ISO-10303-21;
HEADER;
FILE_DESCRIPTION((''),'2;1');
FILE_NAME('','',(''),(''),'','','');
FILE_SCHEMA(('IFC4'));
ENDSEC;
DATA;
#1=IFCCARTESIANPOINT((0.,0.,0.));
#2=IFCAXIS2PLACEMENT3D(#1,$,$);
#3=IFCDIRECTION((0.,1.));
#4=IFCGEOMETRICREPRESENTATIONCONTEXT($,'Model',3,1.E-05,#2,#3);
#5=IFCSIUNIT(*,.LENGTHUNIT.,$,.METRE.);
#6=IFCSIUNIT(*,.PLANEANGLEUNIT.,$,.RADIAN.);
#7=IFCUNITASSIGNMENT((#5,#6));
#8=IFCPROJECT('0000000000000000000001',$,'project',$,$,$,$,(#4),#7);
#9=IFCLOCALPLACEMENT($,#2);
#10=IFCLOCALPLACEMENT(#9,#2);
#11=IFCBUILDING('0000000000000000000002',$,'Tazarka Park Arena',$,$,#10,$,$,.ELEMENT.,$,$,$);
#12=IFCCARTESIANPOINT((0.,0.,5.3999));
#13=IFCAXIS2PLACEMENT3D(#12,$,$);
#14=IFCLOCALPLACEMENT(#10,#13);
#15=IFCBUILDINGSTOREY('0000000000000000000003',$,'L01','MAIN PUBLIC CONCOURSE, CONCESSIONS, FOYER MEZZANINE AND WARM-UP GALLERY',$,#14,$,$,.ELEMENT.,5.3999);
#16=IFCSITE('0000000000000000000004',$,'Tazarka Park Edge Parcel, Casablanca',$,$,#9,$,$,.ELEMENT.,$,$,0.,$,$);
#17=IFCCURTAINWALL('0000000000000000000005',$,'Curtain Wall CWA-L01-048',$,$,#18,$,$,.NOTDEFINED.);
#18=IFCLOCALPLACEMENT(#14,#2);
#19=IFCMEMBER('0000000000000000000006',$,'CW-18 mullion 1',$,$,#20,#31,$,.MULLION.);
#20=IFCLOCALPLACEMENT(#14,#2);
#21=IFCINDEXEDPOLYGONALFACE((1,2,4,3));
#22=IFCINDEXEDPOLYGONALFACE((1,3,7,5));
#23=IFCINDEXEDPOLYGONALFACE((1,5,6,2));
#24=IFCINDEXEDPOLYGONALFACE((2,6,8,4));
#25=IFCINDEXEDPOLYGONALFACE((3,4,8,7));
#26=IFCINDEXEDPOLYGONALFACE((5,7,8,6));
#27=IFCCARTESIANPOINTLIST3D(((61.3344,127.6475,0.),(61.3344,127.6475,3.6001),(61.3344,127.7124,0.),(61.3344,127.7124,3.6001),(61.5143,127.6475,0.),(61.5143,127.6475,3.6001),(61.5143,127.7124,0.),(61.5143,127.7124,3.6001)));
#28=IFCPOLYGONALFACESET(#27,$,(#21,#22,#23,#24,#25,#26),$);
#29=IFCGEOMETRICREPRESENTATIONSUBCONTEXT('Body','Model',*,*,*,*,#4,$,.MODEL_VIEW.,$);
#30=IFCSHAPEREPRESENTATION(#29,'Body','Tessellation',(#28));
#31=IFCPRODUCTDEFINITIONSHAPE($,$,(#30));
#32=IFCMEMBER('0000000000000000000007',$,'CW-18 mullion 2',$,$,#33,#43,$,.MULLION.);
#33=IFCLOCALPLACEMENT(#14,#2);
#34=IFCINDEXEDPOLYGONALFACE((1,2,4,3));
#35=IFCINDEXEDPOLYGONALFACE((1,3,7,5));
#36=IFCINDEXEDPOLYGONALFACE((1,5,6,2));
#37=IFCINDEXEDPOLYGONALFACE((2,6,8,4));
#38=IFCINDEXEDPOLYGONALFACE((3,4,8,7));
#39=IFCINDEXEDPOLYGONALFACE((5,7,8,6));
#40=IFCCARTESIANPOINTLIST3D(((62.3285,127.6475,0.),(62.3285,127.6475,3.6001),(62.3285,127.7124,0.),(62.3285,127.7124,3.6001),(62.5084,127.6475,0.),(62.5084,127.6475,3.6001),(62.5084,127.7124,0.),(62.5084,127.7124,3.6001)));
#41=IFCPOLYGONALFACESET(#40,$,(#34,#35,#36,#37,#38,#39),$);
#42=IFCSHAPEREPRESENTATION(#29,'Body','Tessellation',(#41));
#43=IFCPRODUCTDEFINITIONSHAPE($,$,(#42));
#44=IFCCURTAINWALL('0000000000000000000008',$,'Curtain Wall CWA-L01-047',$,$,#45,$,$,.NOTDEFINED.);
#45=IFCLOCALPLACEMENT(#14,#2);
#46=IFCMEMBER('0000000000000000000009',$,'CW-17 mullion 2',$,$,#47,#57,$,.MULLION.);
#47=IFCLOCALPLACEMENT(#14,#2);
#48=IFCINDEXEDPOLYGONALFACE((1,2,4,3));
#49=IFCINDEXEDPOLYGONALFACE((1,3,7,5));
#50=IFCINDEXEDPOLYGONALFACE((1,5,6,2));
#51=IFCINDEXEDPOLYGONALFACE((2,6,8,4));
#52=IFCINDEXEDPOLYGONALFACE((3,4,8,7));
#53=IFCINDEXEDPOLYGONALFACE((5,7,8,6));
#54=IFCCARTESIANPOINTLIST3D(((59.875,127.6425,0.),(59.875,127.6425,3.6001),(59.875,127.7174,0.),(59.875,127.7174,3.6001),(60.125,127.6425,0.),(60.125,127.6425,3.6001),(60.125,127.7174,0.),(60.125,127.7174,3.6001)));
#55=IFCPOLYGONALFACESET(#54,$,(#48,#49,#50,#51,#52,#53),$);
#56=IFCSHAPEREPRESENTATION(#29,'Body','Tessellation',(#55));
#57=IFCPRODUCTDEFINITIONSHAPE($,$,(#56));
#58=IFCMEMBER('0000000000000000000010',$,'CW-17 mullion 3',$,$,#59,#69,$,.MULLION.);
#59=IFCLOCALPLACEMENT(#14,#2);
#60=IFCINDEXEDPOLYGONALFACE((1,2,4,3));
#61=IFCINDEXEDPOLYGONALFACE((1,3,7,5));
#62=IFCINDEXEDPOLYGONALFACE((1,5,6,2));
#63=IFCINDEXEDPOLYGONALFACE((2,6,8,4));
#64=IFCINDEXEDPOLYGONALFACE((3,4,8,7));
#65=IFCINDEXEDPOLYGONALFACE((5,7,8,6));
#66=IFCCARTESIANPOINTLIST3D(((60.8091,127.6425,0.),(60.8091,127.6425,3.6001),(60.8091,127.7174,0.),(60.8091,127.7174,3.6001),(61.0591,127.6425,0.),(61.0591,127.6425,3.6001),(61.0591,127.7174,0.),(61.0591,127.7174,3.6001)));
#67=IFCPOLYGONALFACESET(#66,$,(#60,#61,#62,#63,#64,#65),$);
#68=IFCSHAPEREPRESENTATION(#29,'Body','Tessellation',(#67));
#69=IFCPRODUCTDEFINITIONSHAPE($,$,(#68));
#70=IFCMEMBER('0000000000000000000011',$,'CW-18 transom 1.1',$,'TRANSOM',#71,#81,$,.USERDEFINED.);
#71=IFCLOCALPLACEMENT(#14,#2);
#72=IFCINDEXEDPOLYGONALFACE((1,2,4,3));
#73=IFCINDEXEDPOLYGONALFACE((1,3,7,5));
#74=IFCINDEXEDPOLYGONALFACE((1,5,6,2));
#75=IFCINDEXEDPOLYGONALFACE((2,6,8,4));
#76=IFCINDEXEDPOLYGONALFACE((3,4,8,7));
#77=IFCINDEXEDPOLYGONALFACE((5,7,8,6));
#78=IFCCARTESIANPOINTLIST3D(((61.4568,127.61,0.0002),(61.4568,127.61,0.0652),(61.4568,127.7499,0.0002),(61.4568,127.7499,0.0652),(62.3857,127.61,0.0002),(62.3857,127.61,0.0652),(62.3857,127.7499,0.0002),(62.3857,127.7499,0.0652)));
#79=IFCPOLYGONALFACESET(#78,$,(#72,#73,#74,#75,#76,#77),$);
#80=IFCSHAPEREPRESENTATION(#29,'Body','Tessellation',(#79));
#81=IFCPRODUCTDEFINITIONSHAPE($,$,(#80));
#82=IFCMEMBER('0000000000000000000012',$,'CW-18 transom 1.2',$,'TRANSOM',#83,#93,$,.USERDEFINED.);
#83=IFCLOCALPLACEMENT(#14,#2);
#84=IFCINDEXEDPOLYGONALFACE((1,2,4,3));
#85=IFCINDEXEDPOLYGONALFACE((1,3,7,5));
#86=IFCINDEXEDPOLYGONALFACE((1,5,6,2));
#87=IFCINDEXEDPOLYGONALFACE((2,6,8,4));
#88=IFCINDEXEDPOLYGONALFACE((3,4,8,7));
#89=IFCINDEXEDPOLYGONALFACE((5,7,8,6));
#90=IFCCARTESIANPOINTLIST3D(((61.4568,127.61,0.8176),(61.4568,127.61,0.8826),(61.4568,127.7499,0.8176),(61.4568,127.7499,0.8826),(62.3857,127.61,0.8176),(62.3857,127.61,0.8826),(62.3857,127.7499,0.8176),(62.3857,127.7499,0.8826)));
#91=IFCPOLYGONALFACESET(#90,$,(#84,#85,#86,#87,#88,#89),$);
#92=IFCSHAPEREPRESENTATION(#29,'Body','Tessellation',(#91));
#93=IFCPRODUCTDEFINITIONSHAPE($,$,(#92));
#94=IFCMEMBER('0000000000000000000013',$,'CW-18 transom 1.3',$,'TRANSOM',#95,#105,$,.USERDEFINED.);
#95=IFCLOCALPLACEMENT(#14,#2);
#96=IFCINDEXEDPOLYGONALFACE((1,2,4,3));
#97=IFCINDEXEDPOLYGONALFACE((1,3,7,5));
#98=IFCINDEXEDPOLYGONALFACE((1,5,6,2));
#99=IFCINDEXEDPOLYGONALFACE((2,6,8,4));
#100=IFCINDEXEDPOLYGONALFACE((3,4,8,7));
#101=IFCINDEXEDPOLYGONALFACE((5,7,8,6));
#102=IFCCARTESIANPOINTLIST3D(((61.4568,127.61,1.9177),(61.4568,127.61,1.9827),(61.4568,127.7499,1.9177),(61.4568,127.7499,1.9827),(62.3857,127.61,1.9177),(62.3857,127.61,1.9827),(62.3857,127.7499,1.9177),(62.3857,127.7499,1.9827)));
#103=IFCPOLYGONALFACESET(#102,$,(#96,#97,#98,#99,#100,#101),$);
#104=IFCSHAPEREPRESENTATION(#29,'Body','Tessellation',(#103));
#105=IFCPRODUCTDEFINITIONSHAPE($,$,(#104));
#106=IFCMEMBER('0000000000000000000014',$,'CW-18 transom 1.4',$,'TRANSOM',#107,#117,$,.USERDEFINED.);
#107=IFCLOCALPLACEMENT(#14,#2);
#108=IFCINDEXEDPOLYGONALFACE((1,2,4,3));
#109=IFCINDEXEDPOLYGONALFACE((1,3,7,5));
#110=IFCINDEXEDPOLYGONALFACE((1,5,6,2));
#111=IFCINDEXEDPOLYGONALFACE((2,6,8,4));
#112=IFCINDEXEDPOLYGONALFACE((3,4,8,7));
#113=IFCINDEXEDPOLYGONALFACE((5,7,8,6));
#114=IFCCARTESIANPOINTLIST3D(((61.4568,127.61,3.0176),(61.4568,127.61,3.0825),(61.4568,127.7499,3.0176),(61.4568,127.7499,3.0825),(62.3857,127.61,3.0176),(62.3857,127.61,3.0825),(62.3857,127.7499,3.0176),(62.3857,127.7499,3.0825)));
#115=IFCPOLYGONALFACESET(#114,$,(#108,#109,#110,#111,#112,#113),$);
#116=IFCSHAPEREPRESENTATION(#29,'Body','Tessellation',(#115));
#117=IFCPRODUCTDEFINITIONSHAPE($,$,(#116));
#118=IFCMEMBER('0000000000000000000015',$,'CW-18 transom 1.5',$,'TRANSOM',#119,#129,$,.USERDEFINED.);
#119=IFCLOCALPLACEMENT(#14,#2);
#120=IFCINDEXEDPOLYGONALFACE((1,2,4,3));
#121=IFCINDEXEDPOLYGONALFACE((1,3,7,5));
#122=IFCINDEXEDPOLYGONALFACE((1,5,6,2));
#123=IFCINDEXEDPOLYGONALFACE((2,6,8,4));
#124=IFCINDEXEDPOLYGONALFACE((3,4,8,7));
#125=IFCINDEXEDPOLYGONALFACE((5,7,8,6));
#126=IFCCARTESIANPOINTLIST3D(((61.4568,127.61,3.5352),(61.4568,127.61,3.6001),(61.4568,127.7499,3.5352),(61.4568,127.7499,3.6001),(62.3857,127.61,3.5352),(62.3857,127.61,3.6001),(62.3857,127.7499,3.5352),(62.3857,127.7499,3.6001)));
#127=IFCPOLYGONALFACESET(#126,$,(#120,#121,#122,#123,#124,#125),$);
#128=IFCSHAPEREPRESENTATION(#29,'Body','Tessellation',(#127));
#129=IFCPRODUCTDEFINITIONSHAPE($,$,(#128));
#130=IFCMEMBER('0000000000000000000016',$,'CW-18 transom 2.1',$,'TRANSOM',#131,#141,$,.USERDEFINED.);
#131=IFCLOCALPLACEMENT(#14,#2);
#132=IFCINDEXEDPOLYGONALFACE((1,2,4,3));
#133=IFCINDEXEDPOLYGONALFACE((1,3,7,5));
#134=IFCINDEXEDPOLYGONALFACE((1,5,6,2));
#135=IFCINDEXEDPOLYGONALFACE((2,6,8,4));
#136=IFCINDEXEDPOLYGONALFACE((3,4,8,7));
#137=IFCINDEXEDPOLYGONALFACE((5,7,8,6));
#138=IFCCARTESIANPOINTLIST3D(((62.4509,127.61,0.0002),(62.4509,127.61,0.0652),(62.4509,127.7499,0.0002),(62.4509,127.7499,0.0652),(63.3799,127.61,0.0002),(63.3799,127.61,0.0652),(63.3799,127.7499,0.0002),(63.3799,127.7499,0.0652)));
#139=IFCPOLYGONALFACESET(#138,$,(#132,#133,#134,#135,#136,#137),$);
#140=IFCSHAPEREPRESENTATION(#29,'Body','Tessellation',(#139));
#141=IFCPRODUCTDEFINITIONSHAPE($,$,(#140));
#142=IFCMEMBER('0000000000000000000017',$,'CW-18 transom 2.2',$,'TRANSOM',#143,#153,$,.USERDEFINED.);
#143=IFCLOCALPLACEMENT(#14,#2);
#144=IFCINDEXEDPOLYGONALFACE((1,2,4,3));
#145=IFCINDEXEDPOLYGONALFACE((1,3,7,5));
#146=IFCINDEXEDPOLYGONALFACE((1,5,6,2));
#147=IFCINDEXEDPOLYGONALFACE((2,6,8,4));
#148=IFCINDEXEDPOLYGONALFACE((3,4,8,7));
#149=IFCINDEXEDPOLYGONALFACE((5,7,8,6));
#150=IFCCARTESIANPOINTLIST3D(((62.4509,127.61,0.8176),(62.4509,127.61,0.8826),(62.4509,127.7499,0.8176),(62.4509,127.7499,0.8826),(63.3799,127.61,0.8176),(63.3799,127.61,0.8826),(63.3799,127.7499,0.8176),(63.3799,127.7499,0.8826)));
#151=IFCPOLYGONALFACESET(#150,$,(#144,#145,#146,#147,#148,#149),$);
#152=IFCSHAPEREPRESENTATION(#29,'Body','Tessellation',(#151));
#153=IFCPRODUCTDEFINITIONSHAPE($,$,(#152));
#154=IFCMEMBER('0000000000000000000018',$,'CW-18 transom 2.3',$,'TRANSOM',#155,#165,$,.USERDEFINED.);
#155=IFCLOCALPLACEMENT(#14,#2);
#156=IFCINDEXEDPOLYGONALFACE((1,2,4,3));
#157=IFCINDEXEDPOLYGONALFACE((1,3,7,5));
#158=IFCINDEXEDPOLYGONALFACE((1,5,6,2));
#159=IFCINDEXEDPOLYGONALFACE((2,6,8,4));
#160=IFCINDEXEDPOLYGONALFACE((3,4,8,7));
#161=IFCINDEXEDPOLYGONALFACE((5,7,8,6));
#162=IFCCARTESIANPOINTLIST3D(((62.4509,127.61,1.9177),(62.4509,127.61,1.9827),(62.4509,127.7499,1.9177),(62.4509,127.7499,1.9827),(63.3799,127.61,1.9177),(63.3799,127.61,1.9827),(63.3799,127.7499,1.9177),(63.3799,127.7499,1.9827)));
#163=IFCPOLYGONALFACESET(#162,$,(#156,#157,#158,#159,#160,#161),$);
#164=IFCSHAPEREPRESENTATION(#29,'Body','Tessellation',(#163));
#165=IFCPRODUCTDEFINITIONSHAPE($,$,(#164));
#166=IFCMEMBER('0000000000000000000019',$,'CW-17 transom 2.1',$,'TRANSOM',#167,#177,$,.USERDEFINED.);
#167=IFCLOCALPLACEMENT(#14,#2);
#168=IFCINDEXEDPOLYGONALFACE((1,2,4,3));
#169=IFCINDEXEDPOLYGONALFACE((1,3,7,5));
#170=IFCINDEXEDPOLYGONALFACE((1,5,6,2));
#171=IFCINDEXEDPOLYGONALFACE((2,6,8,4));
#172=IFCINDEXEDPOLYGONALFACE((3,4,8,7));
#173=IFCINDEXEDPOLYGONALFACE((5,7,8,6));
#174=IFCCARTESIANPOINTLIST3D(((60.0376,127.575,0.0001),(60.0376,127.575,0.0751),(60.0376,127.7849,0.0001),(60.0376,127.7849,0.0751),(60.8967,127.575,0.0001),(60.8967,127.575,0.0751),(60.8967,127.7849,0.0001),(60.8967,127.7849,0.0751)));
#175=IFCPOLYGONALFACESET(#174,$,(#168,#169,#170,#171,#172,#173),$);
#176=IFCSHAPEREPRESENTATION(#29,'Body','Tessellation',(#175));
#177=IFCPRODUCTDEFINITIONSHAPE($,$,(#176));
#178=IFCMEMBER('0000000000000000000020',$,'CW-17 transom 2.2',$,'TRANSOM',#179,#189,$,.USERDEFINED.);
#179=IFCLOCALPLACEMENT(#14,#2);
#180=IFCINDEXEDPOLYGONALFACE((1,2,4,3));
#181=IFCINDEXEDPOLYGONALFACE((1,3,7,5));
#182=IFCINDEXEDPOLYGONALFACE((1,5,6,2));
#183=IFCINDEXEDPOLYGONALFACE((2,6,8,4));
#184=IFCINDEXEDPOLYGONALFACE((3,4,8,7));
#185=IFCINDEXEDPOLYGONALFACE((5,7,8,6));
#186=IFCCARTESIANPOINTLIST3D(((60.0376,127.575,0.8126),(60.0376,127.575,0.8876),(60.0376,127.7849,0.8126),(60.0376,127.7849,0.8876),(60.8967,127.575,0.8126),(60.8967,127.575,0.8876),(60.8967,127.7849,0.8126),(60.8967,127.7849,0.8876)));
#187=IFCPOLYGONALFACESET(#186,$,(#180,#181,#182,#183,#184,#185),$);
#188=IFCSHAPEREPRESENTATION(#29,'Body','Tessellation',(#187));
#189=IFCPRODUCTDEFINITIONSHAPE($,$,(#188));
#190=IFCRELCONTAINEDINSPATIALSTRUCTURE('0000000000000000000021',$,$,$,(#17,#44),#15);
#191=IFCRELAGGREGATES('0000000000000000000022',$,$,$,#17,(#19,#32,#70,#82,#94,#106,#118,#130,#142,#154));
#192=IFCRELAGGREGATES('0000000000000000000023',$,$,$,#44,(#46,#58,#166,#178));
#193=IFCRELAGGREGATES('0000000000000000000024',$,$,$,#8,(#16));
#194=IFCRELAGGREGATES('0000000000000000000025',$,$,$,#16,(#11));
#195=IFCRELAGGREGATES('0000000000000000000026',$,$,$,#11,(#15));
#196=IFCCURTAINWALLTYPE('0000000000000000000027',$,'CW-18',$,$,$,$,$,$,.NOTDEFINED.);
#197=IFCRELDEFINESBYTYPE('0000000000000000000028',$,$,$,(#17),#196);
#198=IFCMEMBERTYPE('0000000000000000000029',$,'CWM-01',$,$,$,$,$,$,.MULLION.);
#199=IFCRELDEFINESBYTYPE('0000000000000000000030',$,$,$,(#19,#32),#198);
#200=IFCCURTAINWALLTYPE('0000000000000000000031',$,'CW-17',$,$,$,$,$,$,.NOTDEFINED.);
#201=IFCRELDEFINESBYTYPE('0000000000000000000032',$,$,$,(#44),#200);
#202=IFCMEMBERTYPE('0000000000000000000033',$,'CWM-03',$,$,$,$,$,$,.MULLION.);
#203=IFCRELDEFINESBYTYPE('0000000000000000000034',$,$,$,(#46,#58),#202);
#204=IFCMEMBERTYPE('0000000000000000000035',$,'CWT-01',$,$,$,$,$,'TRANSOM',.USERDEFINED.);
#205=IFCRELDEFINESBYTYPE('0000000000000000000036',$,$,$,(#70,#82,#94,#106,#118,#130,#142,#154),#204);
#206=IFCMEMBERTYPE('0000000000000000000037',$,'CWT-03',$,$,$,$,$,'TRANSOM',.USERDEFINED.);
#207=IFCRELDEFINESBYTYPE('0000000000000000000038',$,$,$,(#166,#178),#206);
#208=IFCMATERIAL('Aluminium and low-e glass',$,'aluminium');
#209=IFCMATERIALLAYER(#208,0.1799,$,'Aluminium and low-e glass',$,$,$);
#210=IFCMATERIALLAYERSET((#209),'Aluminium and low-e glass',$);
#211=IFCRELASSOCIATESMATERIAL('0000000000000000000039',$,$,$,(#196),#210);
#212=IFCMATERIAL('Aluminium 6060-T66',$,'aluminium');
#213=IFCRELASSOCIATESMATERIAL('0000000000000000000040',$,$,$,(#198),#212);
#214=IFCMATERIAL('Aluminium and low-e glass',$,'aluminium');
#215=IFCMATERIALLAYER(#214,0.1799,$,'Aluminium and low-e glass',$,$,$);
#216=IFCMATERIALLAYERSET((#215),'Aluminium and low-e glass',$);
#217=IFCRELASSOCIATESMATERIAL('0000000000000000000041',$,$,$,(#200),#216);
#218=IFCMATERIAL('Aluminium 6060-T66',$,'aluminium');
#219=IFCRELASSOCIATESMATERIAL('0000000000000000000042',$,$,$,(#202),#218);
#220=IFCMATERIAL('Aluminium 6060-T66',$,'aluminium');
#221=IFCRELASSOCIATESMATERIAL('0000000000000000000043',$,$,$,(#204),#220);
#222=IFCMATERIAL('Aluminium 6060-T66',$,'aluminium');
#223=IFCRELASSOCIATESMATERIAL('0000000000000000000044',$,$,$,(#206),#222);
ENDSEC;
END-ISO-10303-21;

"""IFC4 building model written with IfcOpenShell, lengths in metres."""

from ifc_helpers import new_model, si_unit, direction, frame, origin, origin_2d, place, context, subcontext, project, spatial, rectangle, extrude, material, layer, layer_set, material_profile, profile_set, type_object, element, aggregate, save


model = new_model("IFC4")

# Units and contexts
model_context = context("Model", 3, precision=1e-05, world=origin(), true_north=direction((0.0, 1.0)))
body_context = subcontext(model_context, "Body", "Model", "MODEL_VIEW")
ifc_project = project(units=[si_unit("LENGTHUNIT", "METRE"), si_unit("PLANEANGLEUNIT", "RADIAN")], contexts=[model_context])

# Site, building, storey
site_placement = place(None, origin())
site = spatial("IfcSite", under=ifc_project, at=site_placement, Name="Tazarka Park Edge Parcel, Casablanca", CompositionType="ELEMENT", RefElevation=0.0)
building_placement = place(site_placement, origin())
building = spatial("IfcBuilding", under=site, at=building_placement, Name="Tazarka Park Arena", CompositionType="ELEMENT")
storey_placement = place(building_placement, frame((0.0, 0.0, 5.3999)))
storey = spatial("IfcBuildingStorey", under=building, at=storey_placement, Name="L01", Description="MAIN PUBLIC CONCOURSE, CONCESSIONS, FOYER MEZZANINE AND WARM-UP GALLERY", CompositionType="ELEMENT", Elevation=5.3999)

# Curtain walls, members
ifc_material_1 = material(Name="Aluminium and low-e glass", Category="aluminium")
ifc_layer_1 = layer(ifc_material_1, 0.1799, Name="Aluminium and low-e glass")
ifc_layer_set_1 = layer_set([ifc_layer_1], Name="Aluminium and low-e glass")
curtain_wall_type_1 = type_object("IfcCurtainWallType", Name="CW-18", PredefinedType="NOTDEFINED", material=ifc_layer_set_1)
curtain_wall_1_placement = place(storey_placement, origin())
curtain_wall_1 = element("IfcCurtainWall", 1, at=curtain_wall_1_placement, inside=storey, type_object=curtain_wall_type_1, Name="Curtain Wall CWA-L01-048", PredefinedType="NOTDEFINED")
ifc_material_2 = material(Name="Aluminium 6060-T66", Category="aluminium")
ifc_material_profile_1 = material_profile(ifc_material_2, rectangle(XDim=0.0649, YDim=0.1799, at=origin_2d()), Name="Aluminium 6060-T66")
ifc_profile_set_1 = profile_set([ifc_material_profile_1], Name="Aluminium 6060-T66")
member_type_1 = type_object("IfcMemberType", Name="CWM-01", PredefinedType="MULLION", material=ifc_profile_set_1)
member_1_placement = place(storey_placement, frame((61.4243, 127.6799, 0.0), z_axis=(0.0, 0.0, 1.0), x_axis=(0.0, 1.0, 0.0)))
member_1 = element("IfcMember", 2, at=member_1_placement, type_object=member_type_1, Name="CW-18 mullion 1", PredefinedType="MULLION", context=body_context, shape_type="SweptSolid", body=[
    extrude(rectangle(XDim=0.0649, YDim=0.1799, at=origin_2d()), origin(), (0.0, 0.0, 1.0), 3.6001),
])
member_2_placement = place(storey_placement, frame((62.4185, 127.6799, 0.0), z_axis=(0.0, 0.0, 1.0), x_axis=(0.0, 1.0, 0.0)))
member_2 = element("IfcMember", 3, at=member_2_placement, type_object=member_type_1, Name="CW-18 mullion 2", PredefinedType="MULLION", context=body_context, shape_type="SweptSolid", body=[
    extrude(rectangle(XDim=0.0649, YDim=0.1799, at=origin_2d()), origin(), (0.0, 0.0, 1.0), 3.6001),
])
ifc_material_3 = material(Name="Aluminium and low-e glass", Category="aluminium")
ifc_layer_2 = layer(ifc_material_3, 0.1799, Name="Aluminium and low-e glass")
ifc_layer_set_2 = layer_set([ifc_layer_2], Name="Aluminium and low-e glass")
curtain_wall_type_2 = type_object("IfcCurtainWallType", Name="CW-17", PredefinedType="NOTDEFINED", material=ifc_layer_set_2)
curtain_wall_2_placement = place(storey_placement, origin())
curtain_wall_2 = element("IfcCurtainWall", 4, at=curtain_wall_2_placement, inside=storey, type_object=curtain_wall_type_2, Name="Curtain Wall CWA-L01-047", PredefinedType="NOTDEFINED")
ifc_material_4 = material(Name="Aluminium 6060-T66", Category="aluminium")
ifc_material_profile_2 = material_profile(ifc_material_4, rectangle(XDim=0.075, YDim=0.25, at=origin_2d()), Name="Aluminium 6060-T66")
ifc_profile_set_2 = profile_set([ifc_material_profile_2], Name="Aluminium 6060-T66")
member_type_2 = type_object("IfcMemberType", Name="CWM-03", PredefinedType="MULLION", material=ifc_profile_set_2)
member_3_placement = place(storey_placement, frame((60.0, 127.6799, 0.0), z_axis=(0.0, 0.0, 1.0), x_axis=(0.0, 1.0, 0.0)))
member_3 = element("IfcMember", 5, at=member_3_placement, type_object=member_type_2, Name="CW-17 mullion 2", PredefinedType="MULLION", context=body_context, shape_type="SweptSolid", body=[
    extrude(rectangle(XDim=0.075, YDim=0.25, at=origin_2d()), origin(), (0.0, 0.0, 1.0), 3.6001),
])
member_4_placement = place(storey_placement, frame((60.9341, 127.6799, 0.0), z_axis=(0.0, 0.0, 1.0), x_axis=(0.0, 1.0, 0.0)))
member_4 = element("IfcMember", 6, at=member_4_placement, type_object=member_type_2, Name="CW-17 mullion 3", PredefinedType="MULLION", context=body_context, shape_type="SweptSolid", body=[
    extrude(rectangle(XDim=0.075, YDim=0.25, at=origin_2d()), origin(), (0.0, 0.0, 1.0), 3.6001),
])

# Members
ifc_material_5 = material(Name="Aluminium 6060-T66", Category="aluminium")
ifc_material_profile_3 = material_profile(ifc_material_5, rectangle(XDim=0.1399, YDim=0.0649, at=origin_2d()), Name="Aluminium 6060-T66")
ifc_profile_set_3 = profile_set([ifc_material_profile_3], Name="Aluminium 6060-T66")
member_type_3 = type_object("IfcMemberType", Name="CWT-01", ElementType="TRANSOM", PredefinedType="USERDEFINED", material=ifc_profile_set_3)
member_5_placement = place(storey_placement, frame((61.4568, 127.6799, 0.0327), z_axis=(1.0, 0.0, 0.0), x_axis=(0.0, 1.0, 0.0)))
member_5 = element("IfcMember", 7, at=member_5_placement, type_object=member_type_3, Name="CW-18 transom 1.1", ObjectType="TRANSOM", PredefinedType="USERDEFINED", context=body_context, shape_type="SweptSolid", body=[
    extrude(rectangle(XDim=0.1399, YDim=0.0649, at=origin_2d()), origin(), (0.0, 0.0, 1.0), 0.929),
])
member_6_placement = place(storey_placement, frame((61.4568, 127.6799, 0.8501), z_axis=(1.0, 0.0, 0.0), x_axis=(0.0, 1.0, 0.0)))
member_6 = element("IfcMember", 8, at=member_6_placement, type_object=member_type_3, Name="CW-18 transom 1.2", ObjectType="TRANSOM", PredefinedType="USERDEFINED", context=body_context, shape_type="SweptSolid", body=[
    extrude(rectangle(XDim=0.1399, YDim=0.0649, at=origin_2d()), origin(), (0.0, 0.0, 1.0), 0.929),
])
member_7_placement = place(storey_placement, frame((61.4568, 127.6799, 1.9502), z_axis=(1.0, 0.0, 0.0), x_axis=(0.0, 1.0, 0.0)))
member_7 = element("IfcMember", 9, at=member_7_placement, type_object=member_type_3, Name="CW-18 transom 1.3", ObjectType="TRANSOM", PredefinedType="USERDEFINED", context=body_context, shape_type="SweptSolid", body=[
    extrude(rectangle(XDim=0.1399, YDim=0.0649, at=origin_2d()), origin(), (0.0, 0.0, 1.0), 0.929),
])
member_8_placement = place(storey_placement, frame((61.4568, 127.6799, 3.05), z_axis=(1.0, 0.0, 0.0), x_axis=(0.0, 1.0, 0.0)))
member_8 = element("IfcMember", 10, at=member_8_placement, type_object=member_type_3, Name="CW-18 transom 1.4", ObjectType="TRANSOM", PredefinedType="USERDEFINED", context=body_context, shape_type="SweptSolid", body=[
    extrude(rectangle(XDim=0.1399, YDim=0.0649, at=origin_2d()), origin(), (0.0, 0.0, 1.0), 0.929),
])
member_9_placement = place(storey_placement, frame((61.4568, 127.6799, 3.5676), z_axis=(1.0, 0.0, 0.0), x_axis=(0.0, 1.0, 0.0)))
member_9 = element("IfcMember", 11, at=member_9_placement, type_object=member_type_3, Name="CW-18 transom 1.5", ObjectType="TRANSOM", PredefinedType="USERDEFINED", context=body_context, shape_type="SweptSolid", body=[
    extrude(rectangle(XDim=0.1399, YDim=0.0649, at=origin_2d()), origin(), (0.0, 0.0, 1.0), 0.929),
])
member_10_placement = place(storey_placement, frame((62.4509, 127.6799, 0.0327), z_axis=(1.0, 0.0, 0.0), x_axis=(0.0, 1.0, 0.0)))
member_10 = element("IfcMember", 12, at=member_10_placement, type_object=member_type_3, Name="CW-18 transom 2.1", ObjectType="TRANSOM", PredefinedType="USERDEFINED", context=body_context, shape_type="SweptSolid", body=[
    extrude(rectangle(XDim=0.1399, YDim=0.0649, at=origin_2d()), origin(), (0.0, 0.0, 1.0), 0.929),
])
member_11_placement = place(storey_placement, frame((62.4509, 127.6799, 0.8501), z_axis=(1.0, 0.0, 0.0), x_axis=(0.0, 1.0, 0.0)))
member_11 = element("IfcMember", 13, at=member_11_placement, type_object=member_type_3, Name="CW-18 transom 2.2", ObjectType="TRANSOM", PredefinedType="USERDEFINED", context=body_context, shape_type="SweptSolid", body=[
    extrude(rectangle(XDim=0.1399, YDim=0.0649, at=origin_2d()), origin(), (0.0, 0.0, 1.0), 0.929),
])
member_12_placement = place(storey_placement, frame((62.4509, 127.6799, 1.9502), z_axis=(1.0, 0.0, 0.0), x_axis=(0.0, 1.0, 0.0)))
member_12 = element("IfcMember", 14, at=member_12_placement, type_object=member_type_3, Name="CW-18 transom 2.3", ObjectType="TRANSOM", PredefinedType="USERDEFINED", context=body_context, shape_type="SweptSolid", body=[
    extrude(rectangle(XDim=0.1399, YDim=0.0649, at=origin_2d()), origin(), (0.0, 0.0, 1.0), 0.929),
])
ifc_material_6 = material(Name="Aluminium 6060-T66", Category="aluminium")
ifc_material_profile_4 = material_profile(ifc_material_6, rectangle(XDim=0.21, YDim=0.075, at=origin_2d()), Name="Aluminium 6060-T66")
ifc_profile_set_4 = profile_set([ifc_material_profile_4], Name="Aluminium 6060-T66")
member_type_4 = type_object("IfcMemberType", Name="CWT-03", ElementType="TRANSOM", PredefinedType="USERDEFINED", material=ifc_profile_set_4)
member_13_placement = place(storey_placement, frame((60.0376, 127.6799, 0.0376), z_axis=(1.0, 0.0, 0.0), x_axis=(0.0, 1.0, 0.0)))
member_13 = element("IfcMember", 15, at=member_13_placement, type_object=member_type_4, Name="CW-17 transom 2.1", ObjectType="TRANSOM", PredefinedType="USERDEFINED", context=body_context, shape_type="SweptSolid", body=[
    extrude(rectangle(XDim=0.21, YDim=0.075, at=origin_2d()), origin(), (0.0, 0.0, 1.0), 0.8591),
])
member_14_placement = place(storey_placement, frame((60.0376, 127.6799, 0.8501), z_axis=(1.0, 0.0, 0.0), x_axis=(0.0, 1.0, 0.0)))
member_14 = element("IfcMember", 16, at=member_14_placement, type_object=member_type_4, Name="CW-17 transom 2.2", ObjectType="TRANSOM", PredefinedType="USERDEFINED", context=body_context, shape_type="SweptSolid", body=[
    extrude(rectangle(XDim=0.21, YDim=0.075, at=origin_2d()), origin(), (0.0, 0.0, 1.0), 0.8591),
])

aggregate(curtain_wall_1, [member_1, member_2, member_5, member_6, member_7, member_8, member_9, member_10, member_11, member_12])
aggregate(curtain_wall_2, [member_3, member_4, member_13, member_14])

save(model, "model.ifc")
